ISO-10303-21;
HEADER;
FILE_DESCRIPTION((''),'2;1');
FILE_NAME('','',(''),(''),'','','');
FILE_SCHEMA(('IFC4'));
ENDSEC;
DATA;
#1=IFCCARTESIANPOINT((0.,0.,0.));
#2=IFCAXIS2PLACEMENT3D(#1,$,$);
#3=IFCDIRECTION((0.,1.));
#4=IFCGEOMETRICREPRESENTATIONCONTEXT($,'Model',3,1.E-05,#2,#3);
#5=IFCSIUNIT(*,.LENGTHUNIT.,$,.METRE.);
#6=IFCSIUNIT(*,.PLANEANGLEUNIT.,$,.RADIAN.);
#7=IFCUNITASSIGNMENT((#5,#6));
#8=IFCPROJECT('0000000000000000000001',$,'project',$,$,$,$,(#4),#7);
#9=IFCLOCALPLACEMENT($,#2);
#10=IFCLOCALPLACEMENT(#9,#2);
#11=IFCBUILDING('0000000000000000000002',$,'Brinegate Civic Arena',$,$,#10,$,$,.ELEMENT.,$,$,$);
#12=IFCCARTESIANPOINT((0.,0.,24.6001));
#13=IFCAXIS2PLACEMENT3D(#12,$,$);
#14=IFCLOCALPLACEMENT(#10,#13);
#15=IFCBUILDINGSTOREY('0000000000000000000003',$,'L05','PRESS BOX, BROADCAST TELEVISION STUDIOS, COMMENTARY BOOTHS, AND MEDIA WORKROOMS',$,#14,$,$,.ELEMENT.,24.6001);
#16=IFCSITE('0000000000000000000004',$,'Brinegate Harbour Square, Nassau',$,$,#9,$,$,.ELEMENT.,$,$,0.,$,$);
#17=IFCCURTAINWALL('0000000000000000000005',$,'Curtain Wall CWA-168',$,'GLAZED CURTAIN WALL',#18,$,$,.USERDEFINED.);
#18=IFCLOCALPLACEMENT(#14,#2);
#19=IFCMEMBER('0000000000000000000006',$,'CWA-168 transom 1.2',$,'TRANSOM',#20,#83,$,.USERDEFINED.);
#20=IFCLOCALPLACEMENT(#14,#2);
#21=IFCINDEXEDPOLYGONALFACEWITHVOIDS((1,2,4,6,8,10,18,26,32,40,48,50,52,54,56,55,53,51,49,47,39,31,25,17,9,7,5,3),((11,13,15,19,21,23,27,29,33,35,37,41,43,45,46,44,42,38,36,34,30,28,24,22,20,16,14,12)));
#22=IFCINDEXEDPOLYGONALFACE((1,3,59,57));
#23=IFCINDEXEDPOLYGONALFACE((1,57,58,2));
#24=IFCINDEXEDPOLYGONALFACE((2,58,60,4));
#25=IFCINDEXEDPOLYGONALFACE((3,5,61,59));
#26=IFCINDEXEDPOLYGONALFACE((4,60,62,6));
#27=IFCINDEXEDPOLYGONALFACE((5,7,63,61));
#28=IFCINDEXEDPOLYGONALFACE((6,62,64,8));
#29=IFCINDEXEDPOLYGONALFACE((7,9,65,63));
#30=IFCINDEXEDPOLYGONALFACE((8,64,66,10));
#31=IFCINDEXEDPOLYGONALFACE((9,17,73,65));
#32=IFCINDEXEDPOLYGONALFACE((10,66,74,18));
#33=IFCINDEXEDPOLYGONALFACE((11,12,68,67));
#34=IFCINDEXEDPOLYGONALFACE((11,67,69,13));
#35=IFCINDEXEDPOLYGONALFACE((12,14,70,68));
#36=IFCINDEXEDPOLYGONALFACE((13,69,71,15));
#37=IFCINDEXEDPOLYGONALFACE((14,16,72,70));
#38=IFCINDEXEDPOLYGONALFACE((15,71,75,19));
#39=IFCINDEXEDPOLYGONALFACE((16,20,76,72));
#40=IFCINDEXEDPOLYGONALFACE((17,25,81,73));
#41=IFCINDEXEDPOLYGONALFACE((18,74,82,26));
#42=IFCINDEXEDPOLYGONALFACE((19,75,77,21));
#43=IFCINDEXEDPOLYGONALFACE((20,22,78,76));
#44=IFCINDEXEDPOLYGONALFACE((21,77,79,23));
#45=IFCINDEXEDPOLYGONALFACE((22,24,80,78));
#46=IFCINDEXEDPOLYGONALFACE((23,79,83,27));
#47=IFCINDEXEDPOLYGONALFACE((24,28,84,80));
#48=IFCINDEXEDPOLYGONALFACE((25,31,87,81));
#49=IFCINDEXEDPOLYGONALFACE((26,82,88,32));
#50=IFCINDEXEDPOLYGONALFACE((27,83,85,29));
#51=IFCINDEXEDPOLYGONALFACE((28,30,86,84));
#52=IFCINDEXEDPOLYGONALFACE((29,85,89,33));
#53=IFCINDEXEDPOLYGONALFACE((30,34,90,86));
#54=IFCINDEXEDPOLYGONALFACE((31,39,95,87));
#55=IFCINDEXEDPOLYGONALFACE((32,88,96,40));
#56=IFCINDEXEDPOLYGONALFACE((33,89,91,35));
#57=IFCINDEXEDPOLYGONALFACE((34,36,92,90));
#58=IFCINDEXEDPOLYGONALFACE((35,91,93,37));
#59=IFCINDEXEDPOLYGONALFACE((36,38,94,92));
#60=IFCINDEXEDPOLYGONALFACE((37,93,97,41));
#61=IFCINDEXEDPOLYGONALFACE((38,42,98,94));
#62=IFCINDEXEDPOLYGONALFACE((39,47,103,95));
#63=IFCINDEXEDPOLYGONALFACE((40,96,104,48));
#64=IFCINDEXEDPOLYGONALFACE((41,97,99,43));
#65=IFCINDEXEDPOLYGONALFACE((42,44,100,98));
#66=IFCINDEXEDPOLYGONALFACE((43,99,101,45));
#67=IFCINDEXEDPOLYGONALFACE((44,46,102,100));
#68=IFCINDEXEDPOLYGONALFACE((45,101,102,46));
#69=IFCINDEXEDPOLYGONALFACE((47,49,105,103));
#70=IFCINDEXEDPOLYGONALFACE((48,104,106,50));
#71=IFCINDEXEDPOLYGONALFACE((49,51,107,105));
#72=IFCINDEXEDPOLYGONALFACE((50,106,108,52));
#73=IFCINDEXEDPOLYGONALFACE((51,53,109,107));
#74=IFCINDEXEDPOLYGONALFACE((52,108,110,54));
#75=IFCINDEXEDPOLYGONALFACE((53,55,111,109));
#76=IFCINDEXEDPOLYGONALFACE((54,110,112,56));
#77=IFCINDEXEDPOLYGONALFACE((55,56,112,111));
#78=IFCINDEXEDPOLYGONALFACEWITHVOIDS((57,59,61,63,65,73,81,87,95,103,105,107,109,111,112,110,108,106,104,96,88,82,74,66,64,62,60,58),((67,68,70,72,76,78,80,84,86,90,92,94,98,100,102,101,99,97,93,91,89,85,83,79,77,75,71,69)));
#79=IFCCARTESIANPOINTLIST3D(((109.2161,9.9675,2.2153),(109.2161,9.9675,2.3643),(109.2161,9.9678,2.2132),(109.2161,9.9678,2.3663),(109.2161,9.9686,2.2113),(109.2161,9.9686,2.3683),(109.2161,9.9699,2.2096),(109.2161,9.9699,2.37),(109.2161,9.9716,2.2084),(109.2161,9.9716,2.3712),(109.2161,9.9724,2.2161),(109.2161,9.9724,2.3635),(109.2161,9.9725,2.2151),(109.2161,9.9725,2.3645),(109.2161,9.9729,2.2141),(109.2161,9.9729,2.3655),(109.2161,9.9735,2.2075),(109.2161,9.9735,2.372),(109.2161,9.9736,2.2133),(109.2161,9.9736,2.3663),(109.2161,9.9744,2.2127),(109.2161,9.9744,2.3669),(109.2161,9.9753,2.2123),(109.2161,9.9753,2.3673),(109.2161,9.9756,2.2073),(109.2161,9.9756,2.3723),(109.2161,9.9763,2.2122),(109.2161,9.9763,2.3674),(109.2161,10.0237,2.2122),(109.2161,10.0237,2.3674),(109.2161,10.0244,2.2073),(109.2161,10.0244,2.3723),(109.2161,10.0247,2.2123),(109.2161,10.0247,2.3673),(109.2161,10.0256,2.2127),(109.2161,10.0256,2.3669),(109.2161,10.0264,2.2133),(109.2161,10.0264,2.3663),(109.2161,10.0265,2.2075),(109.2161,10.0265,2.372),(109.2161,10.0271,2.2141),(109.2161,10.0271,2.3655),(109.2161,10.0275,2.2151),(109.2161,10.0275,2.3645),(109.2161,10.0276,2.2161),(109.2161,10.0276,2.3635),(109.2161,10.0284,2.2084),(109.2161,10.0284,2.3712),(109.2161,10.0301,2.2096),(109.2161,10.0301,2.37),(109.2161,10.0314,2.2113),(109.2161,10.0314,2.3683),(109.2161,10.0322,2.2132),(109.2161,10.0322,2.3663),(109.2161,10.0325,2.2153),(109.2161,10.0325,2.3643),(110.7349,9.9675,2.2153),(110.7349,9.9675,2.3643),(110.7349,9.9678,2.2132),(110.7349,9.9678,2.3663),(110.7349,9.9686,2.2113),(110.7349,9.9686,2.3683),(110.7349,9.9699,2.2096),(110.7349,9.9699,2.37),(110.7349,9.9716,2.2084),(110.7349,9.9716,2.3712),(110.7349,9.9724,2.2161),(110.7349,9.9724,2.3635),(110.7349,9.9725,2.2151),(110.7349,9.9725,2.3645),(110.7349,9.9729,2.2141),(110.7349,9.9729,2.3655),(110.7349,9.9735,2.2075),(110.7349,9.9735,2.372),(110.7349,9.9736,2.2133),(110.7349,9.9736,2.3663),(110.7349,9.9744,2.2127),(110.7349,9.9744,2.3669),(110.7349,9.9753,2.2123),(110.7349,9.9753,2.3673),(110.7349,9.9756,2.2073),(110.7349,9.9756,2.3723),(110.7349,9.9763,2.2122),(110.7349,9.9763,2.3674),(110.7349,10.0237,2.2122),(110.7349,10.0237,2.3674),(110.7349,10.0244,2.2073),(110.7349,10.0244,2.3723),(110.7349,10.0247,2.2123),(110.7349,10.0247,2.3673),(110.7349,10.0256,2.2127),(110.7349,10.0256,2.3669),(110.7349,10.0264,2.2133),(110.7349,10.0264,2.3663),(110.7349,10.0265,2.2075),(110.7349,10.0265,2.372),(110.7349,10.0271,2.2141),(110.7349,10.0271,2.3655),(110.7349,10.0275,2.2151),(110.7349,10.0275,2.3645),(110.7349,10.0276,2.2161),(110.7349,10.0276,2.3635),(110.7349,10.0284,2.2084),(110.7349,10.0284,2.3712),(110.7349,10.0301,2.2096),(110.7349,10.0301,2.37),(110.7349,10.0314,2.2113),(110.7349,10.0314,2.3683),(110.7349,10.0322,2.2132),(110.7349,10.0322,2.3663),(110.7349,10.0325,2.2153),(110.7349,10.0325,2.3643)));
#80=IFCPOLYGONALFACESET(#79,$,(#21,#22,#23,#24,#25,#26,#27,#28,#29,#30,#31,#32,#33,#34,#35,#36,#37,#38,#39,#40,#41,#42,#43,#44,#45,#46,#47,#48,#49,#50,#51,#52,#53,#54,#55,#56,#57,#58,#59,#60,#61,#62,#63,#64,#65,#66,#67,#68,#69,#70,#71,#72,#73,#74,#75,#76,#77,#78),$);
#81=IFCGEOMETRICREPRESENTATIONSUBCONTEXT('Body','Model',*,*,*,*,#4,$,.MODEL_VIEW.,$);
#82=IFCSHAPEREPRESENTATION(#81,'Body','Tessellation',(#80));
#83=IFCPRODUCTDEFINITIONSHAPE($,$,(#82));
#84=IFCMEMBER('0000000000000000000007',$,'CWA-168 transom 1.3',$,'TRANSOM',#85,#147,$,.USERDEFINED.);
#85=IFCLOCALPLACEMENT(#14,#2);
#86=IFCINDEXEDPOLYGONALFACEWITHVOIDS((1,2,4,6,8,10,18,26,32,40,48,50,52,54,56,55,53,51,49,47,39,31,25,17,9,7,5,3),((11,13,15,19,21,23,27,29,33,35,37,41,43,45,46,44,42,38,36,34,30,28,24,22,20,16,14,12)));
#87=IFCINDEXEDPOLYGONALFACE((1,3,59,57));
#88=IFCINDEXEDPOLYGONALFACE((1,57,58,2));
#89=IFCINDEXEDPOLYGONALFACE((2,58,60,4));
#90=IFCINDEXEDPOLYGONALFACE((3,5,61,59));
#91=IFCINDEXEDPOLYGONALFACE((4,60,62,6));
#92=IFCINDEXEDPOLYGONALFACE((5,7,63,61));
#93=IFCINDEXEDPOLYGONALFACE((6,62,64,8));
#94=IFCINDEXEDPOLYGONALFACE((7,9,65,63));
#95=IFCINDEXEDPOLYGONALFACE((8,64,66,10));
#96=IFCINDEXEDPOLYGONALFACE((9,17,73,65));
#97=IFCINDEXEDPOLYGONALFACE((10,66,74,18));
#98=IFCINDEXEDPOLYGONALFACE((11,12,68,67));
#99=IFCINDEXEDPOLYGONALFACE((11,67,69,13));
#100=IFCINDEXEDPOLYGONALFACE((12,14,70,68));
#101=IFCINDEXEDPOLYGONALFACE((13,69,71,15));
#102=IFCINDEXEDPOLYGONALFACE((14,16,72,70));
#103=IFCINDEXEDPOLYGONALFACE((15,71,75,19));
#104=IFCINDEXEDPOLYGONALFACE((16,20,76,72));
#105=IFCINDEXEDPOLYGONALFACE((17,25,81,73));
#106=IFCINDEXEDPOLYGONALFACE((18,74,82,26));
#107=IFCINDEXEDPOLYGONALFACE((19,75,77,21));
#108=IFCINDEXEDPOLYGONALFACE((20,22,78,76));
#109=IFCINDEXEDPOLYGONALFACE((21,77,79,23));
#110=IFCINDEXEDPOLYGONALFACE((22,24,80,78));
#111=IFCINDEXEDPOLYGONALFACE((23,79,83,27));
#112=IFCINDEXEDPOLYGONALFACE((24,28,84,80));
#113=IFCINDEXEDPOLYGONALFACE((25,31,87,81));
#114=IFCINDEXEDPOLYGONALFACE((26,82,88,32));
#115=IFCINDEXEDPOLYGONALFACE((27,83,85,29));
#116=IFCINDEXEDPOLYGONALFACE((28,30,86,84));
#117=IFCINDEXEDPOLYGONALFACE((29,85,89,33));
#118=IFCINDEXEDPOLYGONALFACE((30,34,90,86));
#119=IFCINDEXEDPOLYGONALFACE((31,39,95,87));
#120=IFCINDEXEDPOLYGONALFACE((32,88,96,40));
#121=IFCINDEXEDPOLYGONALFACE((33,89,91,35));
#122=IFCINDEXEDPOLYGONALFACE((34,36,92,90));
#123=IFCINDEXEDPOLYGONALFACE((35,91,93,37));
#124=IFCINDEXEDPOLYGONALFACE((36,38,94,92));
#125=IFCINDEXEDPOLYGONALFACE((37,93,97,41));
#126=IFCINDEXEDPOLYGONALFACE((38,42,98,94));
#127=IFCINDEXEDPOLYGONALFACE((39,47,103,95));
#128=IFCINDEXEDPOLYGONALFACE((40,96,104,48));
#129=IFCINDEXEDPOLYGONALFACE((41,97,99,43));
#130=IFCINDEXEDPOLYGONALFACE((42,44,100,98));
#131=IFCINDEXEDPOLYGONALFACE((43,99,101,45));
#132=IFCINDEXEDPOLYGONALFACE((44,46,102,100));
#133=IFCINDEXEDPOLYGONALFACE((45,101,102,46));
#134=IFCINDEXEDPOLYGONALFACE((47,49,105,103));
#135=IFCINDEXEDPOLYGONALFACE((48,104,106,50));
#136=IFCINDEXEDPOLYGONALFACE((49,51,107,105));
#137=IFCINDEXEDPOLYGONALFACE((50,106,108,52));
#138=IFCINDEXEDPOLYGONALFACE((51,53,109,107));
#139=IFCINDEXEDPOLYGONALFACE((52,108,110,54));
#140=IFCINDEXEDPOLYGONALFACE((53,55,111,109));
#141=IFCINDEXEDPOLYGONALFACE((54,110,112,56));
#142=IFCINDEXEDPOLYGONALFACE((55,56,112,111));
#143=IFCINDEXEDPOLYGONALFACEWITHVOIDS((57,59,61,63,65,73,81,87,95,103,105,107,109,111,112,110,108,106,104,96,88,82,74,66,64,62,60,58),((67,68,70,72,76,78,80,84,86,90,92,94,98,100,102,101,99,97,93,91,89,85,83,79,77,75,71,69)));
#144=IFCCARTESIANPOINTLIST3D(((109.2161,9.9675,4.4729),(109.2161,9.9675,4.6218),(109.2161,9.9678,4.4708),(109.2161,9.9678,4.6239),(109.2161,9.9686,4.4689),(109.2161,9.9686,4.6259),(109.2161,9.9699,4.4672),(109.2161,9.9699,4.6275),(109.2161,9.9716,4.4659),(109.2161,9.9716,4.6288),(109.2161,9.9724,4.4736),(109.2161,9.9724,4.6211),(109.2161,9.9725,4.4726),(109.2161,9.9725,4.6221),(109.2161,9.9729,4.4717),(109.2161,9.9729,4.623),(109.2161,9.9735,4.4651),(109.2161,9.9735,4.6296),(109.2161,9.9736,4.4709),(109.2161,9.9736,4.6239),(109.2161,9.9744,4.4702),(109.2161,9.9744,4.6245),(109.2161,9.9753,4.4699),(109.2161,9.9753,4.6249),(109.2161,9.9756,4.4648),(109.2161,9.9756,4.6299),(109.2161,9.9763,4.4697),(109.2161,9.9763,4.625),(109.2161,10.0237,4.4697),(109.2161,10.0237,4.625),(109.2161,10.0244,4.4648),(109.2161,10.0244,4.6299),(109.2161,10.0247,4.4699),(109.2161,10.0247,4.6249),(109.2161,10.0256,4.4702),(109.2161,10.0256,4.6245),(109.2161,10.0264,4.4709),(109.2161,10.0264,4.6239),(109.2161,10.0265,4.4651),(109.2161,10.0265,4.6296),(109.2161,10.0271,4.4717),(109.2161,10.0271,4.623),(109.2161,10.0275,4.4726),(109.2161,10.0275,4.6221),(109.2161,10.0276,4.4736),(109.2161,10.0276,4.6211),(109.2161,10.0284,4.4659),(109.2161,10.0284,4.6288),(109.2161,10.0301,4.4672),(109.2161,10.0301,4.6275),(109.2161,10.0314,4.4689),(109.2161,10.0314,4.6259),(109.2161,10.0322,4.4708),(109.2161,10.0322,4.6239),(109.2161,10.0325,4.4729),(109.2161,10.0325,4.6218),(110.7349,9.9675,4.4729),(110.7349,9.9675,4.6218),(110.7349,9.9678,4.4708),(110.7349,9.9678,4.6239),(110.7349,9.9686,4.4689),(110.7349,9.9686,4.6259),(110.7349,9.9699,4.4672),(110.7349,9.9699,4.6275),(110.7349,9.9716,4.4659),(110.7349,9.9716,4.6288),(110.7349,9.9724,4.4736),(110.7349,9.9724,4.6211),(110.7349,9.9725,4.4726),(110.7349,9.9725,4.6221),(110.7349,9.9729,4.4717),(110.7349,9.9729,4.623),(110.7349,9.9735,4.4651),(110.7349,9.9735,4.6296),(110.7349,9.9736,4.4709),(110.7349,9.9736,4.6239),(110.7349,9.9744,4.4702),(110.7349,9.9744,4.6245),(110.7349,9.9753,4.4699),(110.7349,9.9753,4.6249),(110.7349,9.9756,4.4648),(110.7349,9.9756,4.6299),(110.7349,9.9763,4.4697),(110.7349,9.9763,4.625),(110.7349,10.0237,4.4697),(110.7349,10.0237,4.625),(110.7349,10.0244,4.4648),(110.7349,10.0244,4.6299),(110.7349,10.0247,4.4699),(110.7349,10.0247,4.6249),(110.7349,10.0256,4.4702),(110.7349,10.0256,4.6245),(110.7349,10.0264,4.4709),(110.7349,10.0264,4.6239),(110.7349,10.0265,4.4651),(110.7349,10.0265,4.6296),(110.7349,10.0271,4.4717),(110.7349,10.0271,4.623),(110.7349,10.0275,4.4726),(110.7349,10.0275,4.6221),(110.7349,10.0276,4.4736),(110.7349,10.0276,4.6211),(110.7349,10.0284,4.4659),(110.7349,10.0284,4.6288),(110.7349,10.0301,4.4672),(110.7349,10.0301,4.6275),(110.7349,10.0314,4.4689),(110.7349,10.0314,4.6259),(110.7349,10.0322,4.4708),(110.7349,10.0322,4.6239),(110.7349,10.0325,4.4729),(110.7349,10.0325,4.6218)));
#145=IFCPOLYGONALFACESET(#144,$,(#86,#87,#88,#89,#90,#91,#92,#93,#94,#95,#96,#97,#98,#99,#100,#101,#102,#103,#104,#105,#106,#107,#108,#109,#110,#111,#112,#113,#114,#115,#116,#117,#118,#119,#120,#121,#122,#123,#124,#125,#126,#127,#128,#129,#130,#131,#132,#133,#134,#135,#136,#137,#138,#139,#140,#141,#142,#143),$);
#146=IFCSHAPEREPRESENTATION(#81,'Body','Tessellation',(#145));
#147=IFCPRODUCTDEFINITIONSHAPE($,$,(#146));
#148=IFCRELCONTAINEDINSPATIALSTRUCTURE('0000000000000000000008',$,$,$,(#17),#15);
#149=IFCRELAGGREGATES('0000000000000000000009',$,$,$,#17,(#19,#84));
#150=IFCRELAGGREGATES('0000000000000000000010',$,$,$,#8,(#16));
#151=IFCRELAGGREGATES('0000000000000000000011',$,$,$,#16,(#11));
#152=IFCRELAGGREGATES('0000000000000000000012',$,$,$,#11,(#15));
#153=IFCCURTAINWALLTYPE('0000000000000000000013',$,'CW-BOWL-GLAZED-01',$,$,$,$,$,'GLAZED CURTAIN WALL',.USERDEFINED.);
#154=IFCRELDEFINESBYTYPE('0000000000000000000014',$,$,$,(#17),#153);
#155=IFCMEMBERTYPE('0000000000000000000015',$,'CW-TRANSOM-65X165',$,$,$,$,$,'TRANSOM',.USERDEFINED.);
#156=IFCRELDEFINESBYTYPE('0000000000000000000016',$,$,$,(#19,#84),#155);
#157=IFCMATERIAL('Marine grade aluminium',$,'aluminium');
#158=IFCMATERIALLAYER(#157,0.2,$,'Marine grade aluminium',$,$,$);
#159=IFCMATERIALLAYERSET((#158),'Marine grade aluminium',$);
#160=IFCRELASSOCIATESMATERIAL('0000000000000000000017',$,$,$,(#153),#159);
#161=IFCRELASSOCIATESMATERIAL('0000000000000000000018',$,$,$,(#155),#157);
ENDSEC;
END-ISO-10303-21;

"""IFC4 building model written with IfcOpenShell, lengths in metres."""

from ifc_helpers import new_model, si_unit, direction, frame, origin, origin_2d, place, context, subcontext, project, spatial, hollow_rectangle, extrude, material, layer, layer_set, material_profile, profile_set, type_object, element, aggregate, save


model = new_model("IFC4")

# Units and contexts
model_context = context("Model", 3, precision=1e-05, world=origin(), true_north=direction((0.0, 1.0)))
body_context = subcontext(model_context, "Body", "Model", "MODEL_VIEW")
ifc_project = project(units=[si_unit("LENGTHUNIT", "METRE"), si_unit("PLANEANGLEUNIT", "RADIAN")], contexts=[model_context])

# Site, building, storey
site_placement = place(None, origin())
site = spatial("IfcSite", under=ifc_project, at=site_placement, Name="Brinegate Harbour Square, Nassau", CompositionType="ELEMENT", RefElevation=0.0)
building_placement = place(site_placement, origin())
building = spatial("IfcBuilding", under=site, at=building_placement, Name="Brinegate Civic Arena", CompositionType="ELEMENT")
storey_placement = place(building_placement, frame((0.0, 0.0, 24.6001)))
storey = spatial("IfcBuildingStorey", under=building, at=storey_placement, Name="L05", Description="PRESS BOX, BROADCAST TELEVISION STUDIOS, COMMENTARY BOOTHS, AND MEDIA WORKROOMS", CompositionType="ELEMENT", Elevation=24.6001)

# Curtain wall, members
ifc_material_1 = material(Name="Marine grade aluminium", Category="aluminium")
ifc_layer_1 = layer(ifc_material_1, 0.2, Name="Marine grade aluminium")
ifc_layer_set_1 = layer_set([ifc_layer_1], Name="Marine grade aluminium")
curtain_wall_type = type_object("IfcCurtainWallType", Name="CW-BOWL-GLAZED-01", ElementType="GLAZED CURTAIN WALL", PredefinedType="USERDEFINED", material=ifc_layer_set_1)
curtain_wall_placement = place(storey_placement, origin())
curtain_wall = element("IfcCurtainWall", 1, at=curtain_wall_placement, inside=storey, type_object=curtain_wall_type, Name="Curtain Wall CWA-168", ObjectType="GLAZED CURTAIN WALL", PredefinedType="USERDEFINED")
ifc_material_profile_1 = material_profile(ifc_material_1, hollow_rectangle(XDim=0.0649, YDim=0.165, WallThickness=0.0049, InnerFilletRadius=0.0039, OuterFilletRadius=0.0081, at=origin_2d()), Name="TRN65X165")
ifc_profile_set_1 = profile_set([ifc_material_profile_1], Name="Marine grade aluminium")
member_type_1 = type_object("IfcMemberType", Name="CW-TRANSOM-65X165", ElementType="TRANSOM", PredefinedType="USERDEFINED", material=ifc_profile_set_1)
member_1_placement = place(storey_placement, frame((109.2161, 10.0, 2.2898), z_axis=(1.0, 0.0, 0.0), x_axis=(0.0, 1.0, 0.0)))
member_1 = element("IfcMember", 2, at=member_1_placement, type_object=member_type_1, Name="CWA-168 transom 1.2", ObjectType="TRANSOM", PredefinedType="USERDEFINED", context=body_context, shape_type="SweptSolid", body=[
    extrude(hollow_rectangle(XDim=0.0649, YDim=0.165, WallThickness=0.0049, InnerFilletRadius=0.0039, OuterFilletRadius=0.0081, at=origin_2d()), origin(), (0.0, 0.0, 1.0), 1.5188),
])
member_2_placement = place(storey_placement, frame((109.2161, 10.0, 4.5474), z_axis=(1.0, 0.0, 0.0), x_axis=(0.0, 1.0, 0.0)))
member_2 = element("IfcMember", 3, at=member_2_placement, type_object=member_type_1, Name="CWA-168 transom 1.3", ObjectType="TRANSOM", PredefinedType="USERDEFINED", context=body_context, shape_type="SweptSolid", body=[
    extrude(hollow_rectangle(XDim=0.0649, YDim=0.165, WallThickness=0.0049, InnerFilletRadius=0.0039, OuterFilletRadius=0.0081, at=origin_2d()), origin(), (0.0, 0.0, 1.0), 1.5188),
])

aggregate(curtain_wall, [member_1, member_2])

save(model, "model.ifc")
